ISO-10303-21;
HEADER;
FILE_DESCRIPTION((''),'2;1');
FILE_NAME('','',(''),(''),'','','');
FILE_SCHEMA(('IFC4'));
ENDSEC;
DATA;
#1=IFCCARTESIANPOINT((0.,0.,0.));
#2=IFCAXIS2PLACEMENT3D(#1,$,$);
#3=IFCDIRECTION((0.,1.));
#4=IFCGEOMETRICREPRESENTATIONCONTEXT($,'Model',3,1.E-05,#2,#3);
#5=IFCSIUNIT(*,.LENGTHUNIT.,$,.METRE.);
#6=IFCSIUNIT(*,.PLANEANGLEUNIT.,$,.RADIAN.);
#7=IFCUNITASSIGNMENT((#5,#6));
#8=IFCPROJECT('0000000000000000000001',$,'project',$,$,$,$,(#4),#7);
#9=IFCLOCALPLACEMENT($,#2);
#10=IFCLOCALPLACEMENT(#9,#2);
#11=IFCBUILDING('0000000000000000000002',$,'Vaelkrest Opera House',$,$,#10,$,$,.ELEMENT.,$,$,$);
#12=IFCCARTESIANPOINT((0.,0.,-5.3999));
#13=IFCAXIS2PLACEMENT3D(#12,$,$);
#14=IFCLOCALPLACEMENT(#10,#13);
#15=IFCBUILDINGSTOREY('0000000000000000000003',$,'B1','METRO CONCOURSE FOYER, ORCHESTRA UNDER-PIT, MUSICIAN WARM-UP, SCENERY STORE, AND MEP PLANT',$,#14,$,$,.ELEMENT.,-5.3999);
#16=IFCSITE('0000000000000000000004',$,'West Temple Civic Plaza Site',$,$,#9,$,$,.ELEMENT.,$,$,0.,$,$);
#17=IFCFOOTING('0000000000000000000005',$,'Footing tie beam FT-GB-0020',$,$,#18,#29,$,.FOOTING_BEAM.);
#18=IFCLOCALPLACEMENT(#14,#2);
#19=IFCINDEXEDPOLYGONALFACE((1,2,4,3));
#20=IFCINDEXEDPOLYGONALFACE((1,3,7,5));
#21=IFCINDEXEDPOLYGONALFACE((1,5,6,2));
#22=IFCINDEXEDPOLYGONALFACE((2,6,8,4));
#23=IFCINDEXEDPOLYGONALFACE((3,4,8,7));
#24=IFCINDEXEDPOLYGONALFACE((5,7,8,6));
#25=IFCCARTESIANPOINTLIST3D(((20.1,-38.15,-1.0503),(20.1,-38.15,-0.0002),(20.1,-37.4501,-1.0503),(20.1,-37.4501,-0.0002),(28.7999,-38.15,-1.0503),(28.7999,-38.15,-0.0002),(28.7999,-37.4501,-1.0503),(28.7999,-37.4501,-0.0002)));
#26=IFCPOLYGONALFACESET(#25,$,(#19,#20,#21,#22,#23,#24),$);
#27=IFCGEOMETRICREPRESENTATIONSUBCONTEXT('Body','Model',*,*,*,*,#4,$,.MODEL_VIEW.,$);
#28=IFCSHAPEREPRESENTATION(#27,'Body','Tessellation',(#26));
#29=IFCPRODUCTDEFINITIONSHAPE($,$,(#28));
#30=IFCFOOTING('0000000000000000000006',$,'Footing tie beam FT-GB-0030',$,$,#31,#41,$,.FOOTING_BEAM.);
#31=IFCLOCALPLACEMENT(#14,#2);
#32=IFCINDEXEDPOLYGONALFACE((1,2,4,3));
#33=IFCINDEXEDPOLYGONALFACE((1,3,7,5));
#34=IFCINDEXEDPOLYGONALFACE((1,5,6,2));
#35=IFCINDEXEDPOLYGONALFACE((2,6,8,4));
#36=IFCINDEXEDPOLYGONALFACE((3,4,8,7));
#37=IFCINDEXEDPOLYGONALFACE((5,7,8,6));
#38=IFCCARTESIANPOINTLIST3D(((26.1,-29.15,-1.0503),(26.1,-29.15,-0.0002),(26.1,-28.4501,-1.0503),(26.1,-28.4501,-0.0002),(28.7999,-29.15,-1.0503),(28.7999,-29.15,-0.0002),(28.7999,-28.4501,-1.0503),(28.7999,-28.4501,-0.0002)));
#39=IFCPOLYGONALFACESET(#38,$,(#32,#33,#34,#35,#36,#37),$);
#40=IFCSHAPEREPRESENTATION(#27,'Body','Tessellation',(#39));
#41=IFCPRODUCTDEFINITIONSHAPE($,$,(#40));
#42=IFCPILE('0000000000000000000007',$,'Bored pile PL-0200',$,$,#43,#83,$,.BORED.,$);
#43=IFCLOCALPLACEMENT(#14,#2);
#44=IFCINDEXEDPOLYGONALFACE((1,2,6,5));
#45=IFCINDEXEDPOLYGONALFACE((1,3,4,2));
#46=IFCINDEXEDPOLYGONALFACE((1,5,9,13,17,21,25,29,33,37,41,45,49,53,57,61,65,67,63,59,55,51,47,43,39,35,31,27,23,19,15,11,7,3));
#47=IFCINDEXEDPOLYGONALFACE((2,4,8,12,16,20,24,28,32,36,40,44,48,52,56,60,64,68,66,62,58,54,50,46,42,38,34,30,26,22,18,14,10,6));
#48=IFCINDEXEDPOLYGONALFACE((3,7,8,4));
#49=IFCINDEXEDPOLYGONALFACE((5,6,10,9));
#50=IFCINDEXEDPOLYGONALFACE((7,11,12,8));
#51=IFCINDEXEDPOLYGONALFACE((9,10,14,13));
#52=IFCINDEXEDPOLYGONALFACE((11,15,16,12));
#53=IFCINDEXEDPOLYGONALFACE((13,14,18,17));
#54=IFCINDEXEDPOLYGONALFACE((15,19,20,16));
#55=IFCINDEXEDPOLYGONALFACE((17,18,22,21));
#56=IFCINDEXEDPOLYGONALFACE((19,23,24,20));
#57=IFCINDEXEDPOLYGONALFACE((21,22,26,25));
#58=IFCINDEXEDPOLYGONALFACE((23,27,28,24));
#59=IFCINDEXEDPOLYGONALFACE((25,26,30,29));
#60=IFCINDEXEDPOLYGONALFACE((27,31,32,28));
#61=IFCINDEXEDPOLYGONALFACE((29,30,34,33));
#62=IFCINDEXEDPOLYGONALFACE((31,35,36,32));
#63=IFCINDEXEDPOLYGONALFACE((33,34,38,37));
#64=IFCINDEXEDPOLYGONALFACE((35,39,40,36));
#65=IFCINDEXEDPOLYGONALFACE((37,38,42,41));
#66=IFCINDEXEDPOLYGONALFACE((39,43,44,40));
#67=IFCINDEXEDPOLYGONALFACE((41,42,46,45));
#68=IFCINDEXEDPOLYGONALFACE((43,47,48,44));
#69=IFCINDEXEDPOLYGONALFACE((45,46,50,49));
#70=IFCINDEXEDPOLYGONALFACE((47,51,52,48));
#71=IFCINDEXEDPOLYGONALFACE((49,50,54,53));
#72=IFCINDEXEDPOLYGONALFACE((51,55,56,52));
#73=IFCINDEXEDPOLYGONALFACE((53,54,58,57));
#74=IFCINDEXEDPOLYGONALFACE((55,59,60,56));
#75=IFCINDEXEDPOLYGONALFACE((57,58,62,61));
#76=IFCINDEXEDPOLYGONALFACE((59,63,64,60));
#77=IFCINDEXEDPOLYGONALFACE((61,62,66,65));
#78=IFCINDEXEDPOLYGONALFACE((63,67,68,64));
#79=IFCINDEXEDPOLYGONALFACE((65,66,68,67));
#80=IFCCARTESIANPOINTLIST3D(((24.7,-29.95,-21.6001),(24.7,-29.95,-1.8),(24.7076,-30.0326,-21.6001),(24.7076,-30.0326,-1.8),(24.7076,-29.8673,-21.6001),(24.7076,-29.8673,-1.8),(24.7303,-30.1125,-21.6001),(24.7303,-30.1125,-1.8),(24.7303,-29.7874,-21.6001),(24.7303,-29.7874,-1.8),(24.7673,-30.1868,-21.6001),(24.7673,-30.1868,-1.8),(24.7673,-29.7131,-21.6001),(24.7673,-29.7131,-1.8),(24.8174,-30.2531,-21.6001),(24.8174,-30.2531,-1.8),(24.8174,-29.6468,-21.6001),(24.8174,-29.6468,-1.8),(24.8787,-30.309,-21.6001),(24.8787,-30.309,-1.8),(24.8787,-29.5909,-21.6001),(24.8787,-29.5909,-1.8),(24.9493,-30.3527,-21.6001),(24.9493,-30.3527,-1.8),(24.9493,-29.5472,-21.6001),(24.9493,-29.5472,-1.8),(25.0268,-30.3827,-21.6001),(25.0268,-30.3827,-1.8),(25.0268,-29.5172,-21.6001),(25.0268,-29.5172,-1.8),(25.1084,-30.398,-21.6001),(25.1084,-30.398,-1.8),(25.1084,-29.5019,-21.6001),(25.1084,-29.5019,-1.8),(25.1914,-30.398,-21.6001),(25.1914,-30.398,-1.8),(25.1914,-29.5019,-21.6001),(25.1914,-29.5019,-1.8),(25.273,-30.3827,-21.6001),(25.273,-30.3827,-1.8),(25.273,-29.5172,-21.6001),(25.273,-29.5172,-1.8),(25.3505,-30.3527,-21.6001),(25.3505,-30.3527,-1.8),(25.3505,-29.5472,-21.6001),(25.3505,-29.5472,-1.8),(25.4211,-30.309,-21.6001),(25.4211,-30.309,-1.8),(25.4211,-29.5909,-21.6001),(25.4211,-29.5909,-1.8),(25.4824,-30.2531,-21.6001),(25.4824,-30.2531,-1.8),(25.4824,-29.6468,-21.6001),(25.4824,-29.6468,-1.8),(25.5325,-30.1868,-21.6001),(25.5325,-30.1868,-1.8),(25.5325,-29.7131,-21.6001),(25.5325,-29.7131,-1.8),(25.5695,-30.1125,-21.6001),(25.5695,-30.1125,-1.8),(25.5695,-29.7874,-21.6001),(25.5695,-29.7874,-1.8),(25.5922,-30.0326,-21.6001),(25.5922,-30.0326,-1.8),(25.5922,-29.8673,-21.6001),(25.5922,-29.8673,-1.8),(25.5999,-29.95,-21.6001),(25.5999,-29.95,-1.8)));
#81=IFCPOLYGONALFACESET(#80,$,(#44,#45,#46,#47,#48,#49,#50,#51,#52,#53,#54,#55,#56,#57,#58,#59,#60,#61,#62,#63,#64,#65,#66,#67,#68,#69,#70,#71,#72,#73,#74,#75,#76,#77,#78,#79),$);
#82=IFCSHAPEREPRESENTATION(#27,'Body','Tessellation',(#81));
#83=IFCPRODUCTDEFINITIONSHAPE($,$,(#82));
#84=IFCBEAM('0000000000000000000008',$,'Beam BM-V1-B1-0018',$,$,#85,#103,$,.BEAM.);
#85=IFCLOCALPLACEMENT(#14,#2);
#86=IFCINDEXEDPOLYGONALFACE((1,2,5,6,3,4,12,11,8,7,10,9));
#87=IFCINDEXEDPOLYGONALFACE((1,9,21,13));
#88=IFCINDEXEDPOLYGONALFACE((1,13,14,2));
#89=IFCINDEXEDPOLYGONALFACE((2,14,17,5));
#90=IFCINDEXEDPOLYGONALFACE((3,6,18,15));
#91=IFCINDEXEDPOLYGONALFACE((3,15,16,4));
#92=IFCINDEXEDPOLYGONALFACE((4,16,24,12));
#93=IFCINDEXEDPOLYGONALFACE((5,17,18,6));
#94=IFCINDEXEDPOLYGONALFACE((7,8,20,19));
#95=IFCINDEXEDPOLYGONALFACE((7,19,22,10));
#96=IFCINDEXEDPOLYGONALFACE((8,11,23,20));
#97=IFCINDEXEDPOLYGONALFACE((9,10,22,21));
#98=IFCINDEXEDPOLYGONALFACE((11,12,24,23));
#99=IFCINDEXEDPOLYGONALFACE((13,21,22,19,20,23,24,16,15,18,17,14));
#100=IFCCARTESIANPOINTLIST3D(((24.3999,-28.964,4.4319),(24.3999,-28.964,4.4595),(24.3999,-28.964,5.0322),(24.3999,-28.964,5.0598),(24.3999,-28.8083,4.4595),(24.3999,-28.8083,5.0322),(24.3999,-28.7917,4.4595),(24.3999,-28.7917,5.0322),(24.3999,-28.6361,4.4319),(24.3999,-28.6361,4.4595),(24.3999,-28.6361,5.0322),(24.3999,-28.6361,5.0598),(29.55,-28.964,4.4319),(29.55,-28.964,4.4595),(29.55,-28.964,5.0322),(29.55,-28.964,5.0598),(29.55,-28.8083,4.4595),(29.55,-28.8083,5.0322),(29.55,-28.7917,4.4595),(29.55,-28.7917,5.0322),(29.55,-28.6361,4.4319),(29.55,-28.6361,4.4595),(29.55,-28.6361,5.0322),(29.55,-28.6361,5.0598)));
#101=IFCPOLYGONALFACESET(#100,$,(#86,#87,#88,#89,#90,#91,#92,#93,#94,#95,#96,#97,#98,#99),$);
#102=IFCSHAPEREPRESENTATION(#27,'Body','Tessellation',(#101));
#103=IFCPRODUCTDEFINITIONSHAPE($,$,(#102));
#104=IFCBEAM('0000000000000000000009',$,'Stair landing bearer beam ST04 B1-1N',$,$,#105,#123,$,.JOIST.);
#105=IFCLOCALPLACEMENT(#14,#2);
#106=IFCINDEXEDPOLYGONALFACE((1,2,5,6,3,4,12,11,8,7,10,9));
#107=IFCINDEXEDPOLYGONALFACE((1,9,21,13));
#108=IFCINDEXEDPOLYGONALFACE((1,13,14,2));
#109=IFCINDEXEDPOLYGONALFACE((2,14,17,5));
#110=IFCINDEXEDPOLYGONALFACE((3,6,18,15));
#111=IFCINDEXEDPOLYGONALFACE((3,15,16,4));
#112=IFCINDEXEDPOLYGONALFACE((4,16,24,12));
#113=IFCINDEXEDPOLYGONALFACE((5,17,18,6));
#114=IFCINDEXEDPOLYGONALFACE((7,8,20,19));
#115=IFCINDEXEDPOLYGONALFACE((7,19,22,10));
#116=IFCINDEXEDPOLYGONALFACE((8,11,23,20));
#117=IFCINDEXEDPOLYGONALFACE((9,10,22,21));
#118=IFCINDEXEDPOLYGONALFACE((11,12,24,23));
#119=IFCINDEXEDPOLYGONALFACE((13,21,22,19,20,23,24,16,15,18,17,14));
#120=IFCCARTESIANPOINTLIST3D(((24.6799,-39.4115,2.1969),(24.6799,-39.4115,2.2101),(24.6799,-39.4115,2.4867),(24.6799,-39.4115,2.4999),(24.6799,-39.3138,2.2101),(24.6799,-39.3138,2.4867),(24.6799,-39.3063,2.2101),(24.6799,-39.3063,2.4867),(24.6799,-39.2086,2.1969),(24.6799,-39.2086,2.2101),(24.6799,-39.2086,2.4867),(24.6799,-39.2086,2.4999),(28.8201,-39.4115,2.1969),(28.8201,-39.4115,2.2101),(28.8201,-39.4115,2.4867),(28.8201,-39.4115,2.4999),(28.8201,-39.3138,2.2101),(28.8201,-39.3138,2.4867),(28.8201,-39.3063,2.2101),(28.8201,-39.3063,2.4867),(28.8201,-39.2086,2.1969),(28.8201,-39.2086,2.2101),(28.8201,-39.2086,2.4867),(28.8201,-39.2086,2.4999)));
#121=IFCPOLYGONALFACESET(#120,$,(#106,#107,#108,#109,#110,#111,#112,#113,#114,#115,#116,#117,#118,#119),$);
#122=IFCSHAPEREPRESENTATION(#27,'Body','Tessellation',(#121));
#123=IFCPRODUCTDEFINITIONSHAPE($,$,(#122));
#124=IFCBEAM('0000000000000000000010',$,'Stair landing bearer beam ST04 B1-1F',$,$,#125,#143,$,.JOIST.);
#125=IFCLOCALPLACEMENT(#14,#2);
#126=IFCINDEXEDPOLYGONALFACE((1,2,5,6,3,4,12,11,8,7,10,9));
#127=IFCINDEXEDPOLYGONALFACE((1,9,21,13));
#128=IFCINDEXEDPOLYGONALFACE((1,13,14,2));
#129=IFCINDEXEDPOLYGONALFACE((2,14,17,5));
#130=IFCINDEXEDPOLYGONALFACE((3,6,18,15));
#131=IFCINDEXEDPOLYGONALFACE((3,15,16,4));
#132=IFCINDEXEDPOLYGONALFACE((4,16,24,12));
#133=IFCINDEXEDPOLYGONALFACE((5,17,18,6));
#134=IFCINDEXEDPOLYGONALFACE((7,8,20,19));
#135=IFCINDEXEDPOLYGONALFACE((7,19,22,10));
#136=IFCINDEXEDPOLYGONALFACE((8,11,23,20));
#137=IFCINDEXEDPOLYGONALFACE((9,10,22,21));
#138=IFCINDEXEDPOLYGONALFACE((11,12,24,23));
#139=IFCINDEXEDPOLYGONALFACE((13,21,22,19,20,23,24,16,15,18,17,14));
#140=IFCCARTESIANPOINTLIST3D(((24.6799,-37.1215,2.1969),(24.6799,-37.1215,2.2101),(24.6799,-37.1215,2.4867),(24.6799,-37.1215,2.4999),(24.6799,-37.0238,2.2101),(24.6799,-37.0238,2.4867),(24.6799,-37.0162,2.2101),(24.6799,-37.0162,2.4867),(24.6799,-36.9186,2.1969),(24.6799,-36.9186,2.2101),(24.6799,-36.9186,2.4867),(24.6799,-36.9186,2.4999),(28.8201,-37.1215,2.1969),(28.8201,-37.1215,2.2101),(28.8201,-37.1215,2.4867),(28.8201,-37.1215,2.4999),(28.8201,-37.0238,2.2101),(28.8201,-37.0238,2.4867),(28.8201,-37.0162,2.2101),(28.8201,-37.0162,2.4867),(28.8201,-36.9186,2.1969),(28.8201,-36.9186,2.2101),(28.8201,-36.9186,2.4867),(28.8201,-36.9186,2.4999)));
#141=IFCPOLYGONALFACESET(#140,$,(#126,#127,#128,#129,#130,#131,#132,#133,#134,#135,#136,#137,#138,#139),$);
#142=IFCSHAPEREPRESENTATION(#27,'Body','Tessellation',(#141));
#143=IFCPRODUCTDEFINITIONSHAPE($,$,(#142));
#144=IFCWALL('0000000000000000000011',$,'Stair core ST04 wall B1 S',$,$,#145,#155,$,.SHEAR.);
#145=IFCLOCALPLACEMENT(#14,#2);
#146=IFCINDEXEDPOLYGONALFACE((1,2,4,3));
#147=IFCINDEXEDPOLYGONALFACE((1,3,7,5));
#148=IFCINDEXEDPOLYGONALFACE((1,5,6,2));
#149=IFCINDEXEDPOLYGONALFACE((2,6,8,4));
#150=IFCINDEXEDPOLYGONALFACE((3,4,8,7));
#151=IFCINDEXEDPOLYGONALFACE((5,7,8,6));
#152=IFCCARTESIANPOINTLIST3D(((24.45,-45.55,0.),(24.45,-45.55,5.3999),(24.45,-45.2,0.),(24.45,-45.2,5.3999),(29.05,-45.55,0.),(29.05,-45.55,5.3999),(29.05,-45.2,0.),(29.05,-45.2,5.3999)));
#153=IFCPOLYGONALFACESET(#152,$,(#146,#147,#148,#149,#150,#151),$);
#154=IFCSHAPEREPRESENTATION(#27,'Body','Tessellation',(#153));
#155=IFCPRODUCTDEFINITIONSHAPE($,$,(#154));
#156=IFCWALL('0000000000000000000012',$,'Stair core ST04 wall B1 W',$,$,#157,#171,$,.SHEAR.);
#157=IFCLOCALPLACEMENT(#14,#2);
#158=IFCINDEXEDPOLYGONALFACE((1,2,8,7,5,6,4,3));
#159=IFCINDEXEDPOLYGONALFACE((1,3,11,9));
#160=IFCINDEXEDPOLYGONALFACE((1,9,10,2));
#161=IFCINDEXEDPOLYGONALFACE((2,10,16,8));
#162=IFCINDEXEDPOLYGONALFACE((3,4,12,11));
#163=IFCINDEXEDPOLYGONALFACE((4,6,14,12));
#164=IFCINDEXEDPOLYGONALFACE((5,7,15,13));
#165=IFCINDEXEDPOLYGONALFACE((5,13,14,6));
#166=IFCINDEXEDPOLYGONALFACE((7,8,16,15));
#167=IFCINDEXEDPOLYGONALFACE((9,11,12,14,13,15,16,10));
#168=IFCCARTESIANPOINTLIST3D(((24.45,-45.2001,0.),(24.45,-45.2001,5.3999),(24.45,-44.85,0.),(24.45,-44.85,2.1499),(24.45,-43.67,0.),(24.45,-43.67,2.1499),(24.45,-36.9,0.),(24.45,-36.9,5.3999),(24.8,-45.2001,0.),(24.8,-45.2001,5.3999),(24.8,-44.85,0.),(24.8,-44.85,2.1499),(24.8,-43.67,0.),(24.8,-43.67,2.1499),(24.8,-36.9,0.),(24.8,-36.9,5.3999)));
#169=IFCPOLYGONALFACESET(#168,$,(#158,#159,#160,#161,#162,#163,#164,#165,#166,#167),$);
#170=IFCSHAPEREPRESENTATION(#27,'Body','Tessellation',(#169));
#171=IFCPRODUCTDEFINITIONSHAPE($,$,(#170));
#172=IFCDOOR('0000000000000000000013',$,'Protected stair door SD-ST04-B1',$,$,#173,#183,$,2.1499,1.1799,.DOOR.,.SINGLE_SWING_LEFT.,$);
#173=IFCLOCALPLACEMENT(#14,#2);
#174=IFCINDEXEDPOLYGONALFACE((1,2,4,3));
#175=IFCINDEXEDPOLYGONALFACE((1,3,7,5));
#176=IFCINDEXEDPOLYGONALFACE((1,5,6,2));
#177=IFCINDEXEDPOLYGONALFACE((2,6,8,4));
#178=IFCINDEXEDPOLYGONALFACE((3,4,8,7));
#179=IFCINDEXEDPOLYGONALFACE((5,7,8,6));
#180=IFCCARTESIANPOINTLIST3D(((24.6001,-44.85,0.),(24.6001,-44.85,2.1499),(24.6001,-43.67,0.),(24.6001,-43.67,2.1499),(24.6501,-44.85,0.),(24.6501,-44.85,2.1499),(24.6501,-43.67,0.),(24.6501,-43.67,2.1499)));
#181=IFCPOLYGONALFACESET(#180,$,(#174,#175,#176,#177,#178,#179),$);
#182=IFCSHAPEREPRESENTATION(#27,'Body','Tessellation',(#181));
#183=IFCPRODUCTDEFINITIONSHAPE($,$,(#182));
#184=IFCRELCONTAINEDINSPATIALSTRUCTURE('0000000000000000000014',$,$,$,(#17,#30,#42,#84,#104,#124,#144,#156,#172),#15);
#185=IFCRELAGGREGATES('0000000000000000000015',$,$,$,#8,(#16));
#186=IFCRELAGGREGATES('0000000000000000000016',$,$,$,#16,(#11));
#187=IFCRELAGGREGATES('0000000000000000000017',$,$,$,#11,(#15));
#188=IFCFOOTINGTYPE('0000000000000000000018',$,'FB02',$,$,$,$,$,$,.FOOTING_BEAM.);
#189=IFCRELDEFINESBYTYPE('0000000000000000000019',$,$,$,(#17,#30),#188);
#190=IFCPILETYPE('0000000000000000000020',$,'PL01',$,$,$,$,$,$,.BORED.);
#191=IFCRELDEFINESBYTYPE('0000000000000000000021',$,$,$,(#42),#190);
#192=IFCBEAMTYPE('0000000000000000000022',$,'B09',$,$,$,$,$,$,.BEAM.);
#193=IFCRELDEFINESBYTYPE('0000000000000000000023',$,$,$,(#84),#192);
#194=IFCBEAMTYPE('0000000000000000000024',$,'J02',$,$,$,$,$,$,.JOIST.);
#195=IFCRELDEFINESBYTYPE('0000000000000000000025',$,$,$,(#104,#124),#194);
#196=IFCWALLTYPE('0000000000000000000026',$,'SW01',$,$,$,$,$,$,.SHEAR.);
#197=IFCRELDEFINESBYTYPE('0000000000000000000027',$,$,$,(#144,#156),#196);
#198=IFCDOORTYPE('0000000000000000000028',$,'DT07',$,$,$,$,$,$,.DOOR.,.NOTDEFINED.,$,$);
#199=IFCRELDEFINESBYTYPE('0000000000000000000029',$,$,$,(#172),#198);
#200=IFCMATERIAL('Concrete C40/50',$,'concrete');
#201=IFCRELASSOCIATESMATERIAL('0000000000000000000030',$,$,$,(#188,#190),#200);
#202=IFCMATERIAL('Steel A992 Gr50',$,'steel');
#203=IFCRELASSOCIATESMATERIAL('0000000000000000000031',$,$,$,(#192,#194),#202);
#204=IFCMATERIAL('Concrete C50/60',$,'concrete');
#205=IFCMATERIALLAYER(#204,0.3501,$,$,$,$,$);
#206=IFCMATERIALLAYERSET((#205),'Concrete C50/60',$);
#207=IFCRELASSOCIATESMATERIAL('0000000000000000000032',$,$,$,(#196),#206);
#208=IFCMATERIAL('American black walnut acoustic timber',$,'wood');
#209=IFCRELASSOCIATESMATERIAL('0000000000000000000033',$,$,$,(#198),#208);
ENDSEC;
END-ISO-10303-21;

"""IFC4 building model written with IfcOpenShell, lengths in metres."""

from ifc_helpers import new_model, si_unit, direction, frame, frame_2d, origin, origin_2d, place, context, subcontext, project, spatial, rectangle, circle, i_section, extrude, material, layer, layer_set, material_profile, profile_set, type_object, element, fill, save


model = new_model("IFC4")

# Units and contexts
model_context = context("Model", 3, precision=1e-05, world=origin(), true_north=direction((0.0, 1.0)))
body_context = subcontext(model_context, "Body", "Model", "MODEL_VIEW")
ifc_project = project(units=[si_unit("LENGTHUNIT", "METRE"), si_unit("PLANEANGLEUNIT", "RADIAN")], contexts=[model_context])

# Site, building, storey
site_placement = place(None, origin())
site = spatial("IfcSite", under=ifc_project, at=site_placement, Name="West Temple Civic Plaza Site", CompositionType="ELEMENT", RefElevation=0.0)
building_placement = place(site_placement, origin())
building = spatial("IfcBuilding", under=site, at=building_placement, Name="Vaelkrest Opera House", CompositionType="ELEMENT")
storey_placement = place(building_placement, frame((0.0, 0.0, -5.3999)))
storey = spatial("IfcBuildingStorey", under=building, at=storey_placement, Name="B1", Description="METRO CONCOURSE FOYER, ORCHESTRA UNDER-PIT, MUSICIAN WARM-UP, SCENERY STORE, AND MEP PLANT", CompositionType="ELEMENT", Elevation=-5.3999)

# Footings
ifc_material_1 = material(Name="Concrete C40/50", Category="concrete")
footing_type = type_object("IfcFootingType", Name="FB02", PredefinedType="FOOTING_BEAM", material=ifc_material_1)
footing_1_placement = place(storey_placement, frame((24.45, -37.8, -1.0503), z_axis=(0.0, 0.0, 1.0), x_axis=(1.0, 0.0, 0.0)))
element("IfcFooting", 1, at=footing_1_placement, inside=storey, type_object=footing_type, Name="Footing tie beam FT-GB-0020", PredefinedType="FOOTING_BEAM", context=body_context, shape_type="SweptSolid", body=[
    extrude(rectangle(XDim=8.7, YDim=0.7, at=origin_2d()), origin(), (0.0, 0.0, 1.0), 1.05),
])
footing_2_placement = place(storey_placement, frame((27.45, -28.8, -1.0503), z_axis=(0.0, 0.0, 1.0), x_axis=(1.0, 0.0, 0.0)))
element("IfcFooting", 2, at=footing_2_placement, inside=storey, type_object=footing_type, Name="Footing tie beam FT-GB-0030", PredefinedType="FOOTING_BEAM", context=body_context, shape_type="SweptSolid", body=[
    extrude(rectangle(XDim=2.7, YDim=0.7, at=origin_2d()), origin(), (0.0, 0.0, 1.0), 1.05),
])

# Pile
ifc_material_profile_1 = material_profile(ifc_material_1, circle(Radius=0.45, at=origin_2d()), Name="PILE900")
ifc_profile_set_1 = profile_set([ifc_material_profile_1], Name="Concrete C40/50")
pile_type = type_object("IfcPileType", Name="PL01", PredefinedType="BORED", material=ifc_profile_set_1)
pile_placement = place(storey_placement, frame((25.1499, -29.95, -1.8), z_axis=(0.0, 0.0, -1.0), x_axis=(1.0, 0.0, 0.0)))
element("IfcPile", 3, at=pile_placement, inside=storey, type_object=pile_type, Name="Bored pile PL-0200", PredefinedType="BORED", context=body_context, shape_type="SweptSolid", body=[
    extrude(circle(Radius=0.45, at=origin_2d()), origin(), (0.0, 0.0, 1.0), 19.8),
])

# Beams
ifc_material_2 = material(Name="Steel A992 Gr50", Category="steel")
ifc_material_profile_2 = material_profile(ifc_material_2, i_section(OverallWidth=0.3279, OverallDepth=0.6279, WebThickness=0.0166, FlangeThickness=0.0276, at=origin_2d()), Name="W24X146")
ifc_profile_set_2 = profile_set([ifc_material_profile_2], Name="Steel A992 Gr50")
beam_type_1 = type_object("IfcBeamType", Name="B09", PredefinedType="BEAM", material=ifc_profile_set_2)
beam_placement = place(storey_placement, frame((24.3999, -28.8, 4.7458), z_axis=(1.0, 0.0, 0.0), x_axis=(0.0, 1.0, 0.0)))
element("IfcBeam", 4, at=beam_placement, inside=storey, type_object=beam_type_1, Name="Beam BM-V1-B1-0018", PredefinedType="BEAM", context=body_context, shape_type="SweptSolid", body=[
    extrude(i_section(OverallWidth=0.3279, OverallDepth=0.6279, WebThickness=0.0166, FlangeThickness=0.0276, at=origin_2d()), origin(), (0.0, 0.0, 1.0), 5.1501),
])
ifc_material_profile_3 = material_profile(ifc_material_2, i_section(OverallWidth=0.2029, OverallDepth=0.303, WebThickness=0.0076, FlangeThickness=0.0132, at=origin_2d()), Name="W12X40")
ifc_profile_set_3 = profile_set([ifc_material_profile_3], Name="Steel A992 Gr50")
beam_type_2 = type_object("IfcBeamType", Name="J02", PredefinedType="JOIST", material=ifc_profile_set_3)
for number, where, z_axis, x_axis, name in (
    (5, (24.6799, -39.3101, 2.3484), (1.0, 0.0, 0.0), (0.0, 1.0, 0.0), "Stair landing bearer beam ST04 B1-1N"),
    (6, (24.6799, -37.02, 2.3484), (1.0, 0.0, 0.0), (0.0, 1.0, 0.0), "Stair landing bearer beam ST04 B1-1F"),
):
    element("IfcBeam", number, at=place(storey_placement, frame(where, z_axis=z_axis, x_axis=x_axis)), inside=storey, type_object=beam_type_2, Name=name, PredefinedType="JOIST", context=body_context, shape_type="SweptSolid", body=[
        extrude(i_section(OverallWidth=0.2029, OverallDepth=0.303, WebThickness=0.0076, FlangeThickness=0.0132, at=origin_2d()), origin(), (0.0, 0.0, 1.0), 4.1401),
    ])

# Wall
ifc_material_3 = material(Name="Concrete C50/60", Category="concrete")
ifc_layer_1 = layer(ifc_material_3, 0.3501)
ifc_layer_set_1 = layer_set([ifc_layer_1], Name="Concrete C50/60")
wall_type_1 = type_object("IfcWallType", Name="SW01", PredefinedType="SHEAR", material=ifc_layer_set_1)
wall_1_placement = place(storey_placement, frame((29.05, -45.375, 0.0), z_axis=(0.0, 0.0, 1.0), x_axis=(-1.0, 0.0, 0.0)))
element("IfcWall", 7, at=wall_1_placement, inside=storey, type_object=wall_type_1, Name="Stair core ST04 wall B1 S", PredefinedType="SHEAR", context=body_context, shape_type="SweptSolid", body=[
    extrude(rectangle(XDim=4.6001, YDim=0.3501, at=frame_2d((2.3, 0.0))), origin(), (0.0, 0.0, 1.0), 5.3999),
])

# Wall, opening, door
wall_2_placement = place(storey_placement, frame((24.625, -45.2, 0.0), z_axis=(0.0, 0.0, 1.0), x_axis=(0.0, 1.0, 0.0)))
wall_2 = element("IfcWall", 8, at=wall_2_placement, inside=storey, type_object=wall_type_1, Name="Stair core ST04 wall B1 W", PredefinedType="SHEAR", context=body_context, shape_type="SweptSolid", body=[
    extrude(rectangle(XDim=8.3, YDim=0.3501, at=frame_2d((4.1499, 0.0))), origin(), (0.0, 0.0, 1.0), 5.3999),
])
opening_1_placement = place(wall_2_placement, frame((0.3501, 0.0, 0.0)))
opening_1 = element("IfcOpeningElement", 9, at=opening_1_placement, cuts=wall_2, PredefinedType="OPENING", context=body_context, shape_type="SweptSolid", body=[
    extrude(rectangle(XDim=1.1799, YDim=2.1499, at=frame_2d((0.5898, 1.075))), frame((0.0, 0.1851, 0.0), z_axis=(0.0, -1.0, 0.0), x_axis=(1.0, 0.0, 0.0)), (0.0, 0.0, 1.0), 0.3701),
])
ifc_material_4 = material(Name="American black walnut acoustic timber", Category="wood")
door_type_1 = type_object("IfcDoorType", Name="DT07", OperationType="NOTDEFINED", PredefinedType="DOOR", material=ifc_material_4)
door_1_placement = place(opening_1_placement, origin())
door_1 = element("IfcDoor", 10, at=door_1_placement, inside=storey, type_object=door_type_1, Name="Protected stair door SD-ST04-B1", OperationType="SINGLE_SWING_LEFT", OverallHeight=2.1499, OverallWidth=1.1799, PredefinedType="DOOR", context=body_context, shape_type="SweptSolid", body=[
    extrude(rectangle(XDim=1.1799, YDim=2.1499, at=frame_2d((0.5898, 1.075))), frame((0.0, 0.0249, 0.0), z_axis=(0.0, -1.0, 0.0), x_axis=(1.0, 0.0, 0.0)), (0.0, 0.0, 1.0), 0.05),
])
fill(opening_1, door_1)

save(model, "model.ifc")
